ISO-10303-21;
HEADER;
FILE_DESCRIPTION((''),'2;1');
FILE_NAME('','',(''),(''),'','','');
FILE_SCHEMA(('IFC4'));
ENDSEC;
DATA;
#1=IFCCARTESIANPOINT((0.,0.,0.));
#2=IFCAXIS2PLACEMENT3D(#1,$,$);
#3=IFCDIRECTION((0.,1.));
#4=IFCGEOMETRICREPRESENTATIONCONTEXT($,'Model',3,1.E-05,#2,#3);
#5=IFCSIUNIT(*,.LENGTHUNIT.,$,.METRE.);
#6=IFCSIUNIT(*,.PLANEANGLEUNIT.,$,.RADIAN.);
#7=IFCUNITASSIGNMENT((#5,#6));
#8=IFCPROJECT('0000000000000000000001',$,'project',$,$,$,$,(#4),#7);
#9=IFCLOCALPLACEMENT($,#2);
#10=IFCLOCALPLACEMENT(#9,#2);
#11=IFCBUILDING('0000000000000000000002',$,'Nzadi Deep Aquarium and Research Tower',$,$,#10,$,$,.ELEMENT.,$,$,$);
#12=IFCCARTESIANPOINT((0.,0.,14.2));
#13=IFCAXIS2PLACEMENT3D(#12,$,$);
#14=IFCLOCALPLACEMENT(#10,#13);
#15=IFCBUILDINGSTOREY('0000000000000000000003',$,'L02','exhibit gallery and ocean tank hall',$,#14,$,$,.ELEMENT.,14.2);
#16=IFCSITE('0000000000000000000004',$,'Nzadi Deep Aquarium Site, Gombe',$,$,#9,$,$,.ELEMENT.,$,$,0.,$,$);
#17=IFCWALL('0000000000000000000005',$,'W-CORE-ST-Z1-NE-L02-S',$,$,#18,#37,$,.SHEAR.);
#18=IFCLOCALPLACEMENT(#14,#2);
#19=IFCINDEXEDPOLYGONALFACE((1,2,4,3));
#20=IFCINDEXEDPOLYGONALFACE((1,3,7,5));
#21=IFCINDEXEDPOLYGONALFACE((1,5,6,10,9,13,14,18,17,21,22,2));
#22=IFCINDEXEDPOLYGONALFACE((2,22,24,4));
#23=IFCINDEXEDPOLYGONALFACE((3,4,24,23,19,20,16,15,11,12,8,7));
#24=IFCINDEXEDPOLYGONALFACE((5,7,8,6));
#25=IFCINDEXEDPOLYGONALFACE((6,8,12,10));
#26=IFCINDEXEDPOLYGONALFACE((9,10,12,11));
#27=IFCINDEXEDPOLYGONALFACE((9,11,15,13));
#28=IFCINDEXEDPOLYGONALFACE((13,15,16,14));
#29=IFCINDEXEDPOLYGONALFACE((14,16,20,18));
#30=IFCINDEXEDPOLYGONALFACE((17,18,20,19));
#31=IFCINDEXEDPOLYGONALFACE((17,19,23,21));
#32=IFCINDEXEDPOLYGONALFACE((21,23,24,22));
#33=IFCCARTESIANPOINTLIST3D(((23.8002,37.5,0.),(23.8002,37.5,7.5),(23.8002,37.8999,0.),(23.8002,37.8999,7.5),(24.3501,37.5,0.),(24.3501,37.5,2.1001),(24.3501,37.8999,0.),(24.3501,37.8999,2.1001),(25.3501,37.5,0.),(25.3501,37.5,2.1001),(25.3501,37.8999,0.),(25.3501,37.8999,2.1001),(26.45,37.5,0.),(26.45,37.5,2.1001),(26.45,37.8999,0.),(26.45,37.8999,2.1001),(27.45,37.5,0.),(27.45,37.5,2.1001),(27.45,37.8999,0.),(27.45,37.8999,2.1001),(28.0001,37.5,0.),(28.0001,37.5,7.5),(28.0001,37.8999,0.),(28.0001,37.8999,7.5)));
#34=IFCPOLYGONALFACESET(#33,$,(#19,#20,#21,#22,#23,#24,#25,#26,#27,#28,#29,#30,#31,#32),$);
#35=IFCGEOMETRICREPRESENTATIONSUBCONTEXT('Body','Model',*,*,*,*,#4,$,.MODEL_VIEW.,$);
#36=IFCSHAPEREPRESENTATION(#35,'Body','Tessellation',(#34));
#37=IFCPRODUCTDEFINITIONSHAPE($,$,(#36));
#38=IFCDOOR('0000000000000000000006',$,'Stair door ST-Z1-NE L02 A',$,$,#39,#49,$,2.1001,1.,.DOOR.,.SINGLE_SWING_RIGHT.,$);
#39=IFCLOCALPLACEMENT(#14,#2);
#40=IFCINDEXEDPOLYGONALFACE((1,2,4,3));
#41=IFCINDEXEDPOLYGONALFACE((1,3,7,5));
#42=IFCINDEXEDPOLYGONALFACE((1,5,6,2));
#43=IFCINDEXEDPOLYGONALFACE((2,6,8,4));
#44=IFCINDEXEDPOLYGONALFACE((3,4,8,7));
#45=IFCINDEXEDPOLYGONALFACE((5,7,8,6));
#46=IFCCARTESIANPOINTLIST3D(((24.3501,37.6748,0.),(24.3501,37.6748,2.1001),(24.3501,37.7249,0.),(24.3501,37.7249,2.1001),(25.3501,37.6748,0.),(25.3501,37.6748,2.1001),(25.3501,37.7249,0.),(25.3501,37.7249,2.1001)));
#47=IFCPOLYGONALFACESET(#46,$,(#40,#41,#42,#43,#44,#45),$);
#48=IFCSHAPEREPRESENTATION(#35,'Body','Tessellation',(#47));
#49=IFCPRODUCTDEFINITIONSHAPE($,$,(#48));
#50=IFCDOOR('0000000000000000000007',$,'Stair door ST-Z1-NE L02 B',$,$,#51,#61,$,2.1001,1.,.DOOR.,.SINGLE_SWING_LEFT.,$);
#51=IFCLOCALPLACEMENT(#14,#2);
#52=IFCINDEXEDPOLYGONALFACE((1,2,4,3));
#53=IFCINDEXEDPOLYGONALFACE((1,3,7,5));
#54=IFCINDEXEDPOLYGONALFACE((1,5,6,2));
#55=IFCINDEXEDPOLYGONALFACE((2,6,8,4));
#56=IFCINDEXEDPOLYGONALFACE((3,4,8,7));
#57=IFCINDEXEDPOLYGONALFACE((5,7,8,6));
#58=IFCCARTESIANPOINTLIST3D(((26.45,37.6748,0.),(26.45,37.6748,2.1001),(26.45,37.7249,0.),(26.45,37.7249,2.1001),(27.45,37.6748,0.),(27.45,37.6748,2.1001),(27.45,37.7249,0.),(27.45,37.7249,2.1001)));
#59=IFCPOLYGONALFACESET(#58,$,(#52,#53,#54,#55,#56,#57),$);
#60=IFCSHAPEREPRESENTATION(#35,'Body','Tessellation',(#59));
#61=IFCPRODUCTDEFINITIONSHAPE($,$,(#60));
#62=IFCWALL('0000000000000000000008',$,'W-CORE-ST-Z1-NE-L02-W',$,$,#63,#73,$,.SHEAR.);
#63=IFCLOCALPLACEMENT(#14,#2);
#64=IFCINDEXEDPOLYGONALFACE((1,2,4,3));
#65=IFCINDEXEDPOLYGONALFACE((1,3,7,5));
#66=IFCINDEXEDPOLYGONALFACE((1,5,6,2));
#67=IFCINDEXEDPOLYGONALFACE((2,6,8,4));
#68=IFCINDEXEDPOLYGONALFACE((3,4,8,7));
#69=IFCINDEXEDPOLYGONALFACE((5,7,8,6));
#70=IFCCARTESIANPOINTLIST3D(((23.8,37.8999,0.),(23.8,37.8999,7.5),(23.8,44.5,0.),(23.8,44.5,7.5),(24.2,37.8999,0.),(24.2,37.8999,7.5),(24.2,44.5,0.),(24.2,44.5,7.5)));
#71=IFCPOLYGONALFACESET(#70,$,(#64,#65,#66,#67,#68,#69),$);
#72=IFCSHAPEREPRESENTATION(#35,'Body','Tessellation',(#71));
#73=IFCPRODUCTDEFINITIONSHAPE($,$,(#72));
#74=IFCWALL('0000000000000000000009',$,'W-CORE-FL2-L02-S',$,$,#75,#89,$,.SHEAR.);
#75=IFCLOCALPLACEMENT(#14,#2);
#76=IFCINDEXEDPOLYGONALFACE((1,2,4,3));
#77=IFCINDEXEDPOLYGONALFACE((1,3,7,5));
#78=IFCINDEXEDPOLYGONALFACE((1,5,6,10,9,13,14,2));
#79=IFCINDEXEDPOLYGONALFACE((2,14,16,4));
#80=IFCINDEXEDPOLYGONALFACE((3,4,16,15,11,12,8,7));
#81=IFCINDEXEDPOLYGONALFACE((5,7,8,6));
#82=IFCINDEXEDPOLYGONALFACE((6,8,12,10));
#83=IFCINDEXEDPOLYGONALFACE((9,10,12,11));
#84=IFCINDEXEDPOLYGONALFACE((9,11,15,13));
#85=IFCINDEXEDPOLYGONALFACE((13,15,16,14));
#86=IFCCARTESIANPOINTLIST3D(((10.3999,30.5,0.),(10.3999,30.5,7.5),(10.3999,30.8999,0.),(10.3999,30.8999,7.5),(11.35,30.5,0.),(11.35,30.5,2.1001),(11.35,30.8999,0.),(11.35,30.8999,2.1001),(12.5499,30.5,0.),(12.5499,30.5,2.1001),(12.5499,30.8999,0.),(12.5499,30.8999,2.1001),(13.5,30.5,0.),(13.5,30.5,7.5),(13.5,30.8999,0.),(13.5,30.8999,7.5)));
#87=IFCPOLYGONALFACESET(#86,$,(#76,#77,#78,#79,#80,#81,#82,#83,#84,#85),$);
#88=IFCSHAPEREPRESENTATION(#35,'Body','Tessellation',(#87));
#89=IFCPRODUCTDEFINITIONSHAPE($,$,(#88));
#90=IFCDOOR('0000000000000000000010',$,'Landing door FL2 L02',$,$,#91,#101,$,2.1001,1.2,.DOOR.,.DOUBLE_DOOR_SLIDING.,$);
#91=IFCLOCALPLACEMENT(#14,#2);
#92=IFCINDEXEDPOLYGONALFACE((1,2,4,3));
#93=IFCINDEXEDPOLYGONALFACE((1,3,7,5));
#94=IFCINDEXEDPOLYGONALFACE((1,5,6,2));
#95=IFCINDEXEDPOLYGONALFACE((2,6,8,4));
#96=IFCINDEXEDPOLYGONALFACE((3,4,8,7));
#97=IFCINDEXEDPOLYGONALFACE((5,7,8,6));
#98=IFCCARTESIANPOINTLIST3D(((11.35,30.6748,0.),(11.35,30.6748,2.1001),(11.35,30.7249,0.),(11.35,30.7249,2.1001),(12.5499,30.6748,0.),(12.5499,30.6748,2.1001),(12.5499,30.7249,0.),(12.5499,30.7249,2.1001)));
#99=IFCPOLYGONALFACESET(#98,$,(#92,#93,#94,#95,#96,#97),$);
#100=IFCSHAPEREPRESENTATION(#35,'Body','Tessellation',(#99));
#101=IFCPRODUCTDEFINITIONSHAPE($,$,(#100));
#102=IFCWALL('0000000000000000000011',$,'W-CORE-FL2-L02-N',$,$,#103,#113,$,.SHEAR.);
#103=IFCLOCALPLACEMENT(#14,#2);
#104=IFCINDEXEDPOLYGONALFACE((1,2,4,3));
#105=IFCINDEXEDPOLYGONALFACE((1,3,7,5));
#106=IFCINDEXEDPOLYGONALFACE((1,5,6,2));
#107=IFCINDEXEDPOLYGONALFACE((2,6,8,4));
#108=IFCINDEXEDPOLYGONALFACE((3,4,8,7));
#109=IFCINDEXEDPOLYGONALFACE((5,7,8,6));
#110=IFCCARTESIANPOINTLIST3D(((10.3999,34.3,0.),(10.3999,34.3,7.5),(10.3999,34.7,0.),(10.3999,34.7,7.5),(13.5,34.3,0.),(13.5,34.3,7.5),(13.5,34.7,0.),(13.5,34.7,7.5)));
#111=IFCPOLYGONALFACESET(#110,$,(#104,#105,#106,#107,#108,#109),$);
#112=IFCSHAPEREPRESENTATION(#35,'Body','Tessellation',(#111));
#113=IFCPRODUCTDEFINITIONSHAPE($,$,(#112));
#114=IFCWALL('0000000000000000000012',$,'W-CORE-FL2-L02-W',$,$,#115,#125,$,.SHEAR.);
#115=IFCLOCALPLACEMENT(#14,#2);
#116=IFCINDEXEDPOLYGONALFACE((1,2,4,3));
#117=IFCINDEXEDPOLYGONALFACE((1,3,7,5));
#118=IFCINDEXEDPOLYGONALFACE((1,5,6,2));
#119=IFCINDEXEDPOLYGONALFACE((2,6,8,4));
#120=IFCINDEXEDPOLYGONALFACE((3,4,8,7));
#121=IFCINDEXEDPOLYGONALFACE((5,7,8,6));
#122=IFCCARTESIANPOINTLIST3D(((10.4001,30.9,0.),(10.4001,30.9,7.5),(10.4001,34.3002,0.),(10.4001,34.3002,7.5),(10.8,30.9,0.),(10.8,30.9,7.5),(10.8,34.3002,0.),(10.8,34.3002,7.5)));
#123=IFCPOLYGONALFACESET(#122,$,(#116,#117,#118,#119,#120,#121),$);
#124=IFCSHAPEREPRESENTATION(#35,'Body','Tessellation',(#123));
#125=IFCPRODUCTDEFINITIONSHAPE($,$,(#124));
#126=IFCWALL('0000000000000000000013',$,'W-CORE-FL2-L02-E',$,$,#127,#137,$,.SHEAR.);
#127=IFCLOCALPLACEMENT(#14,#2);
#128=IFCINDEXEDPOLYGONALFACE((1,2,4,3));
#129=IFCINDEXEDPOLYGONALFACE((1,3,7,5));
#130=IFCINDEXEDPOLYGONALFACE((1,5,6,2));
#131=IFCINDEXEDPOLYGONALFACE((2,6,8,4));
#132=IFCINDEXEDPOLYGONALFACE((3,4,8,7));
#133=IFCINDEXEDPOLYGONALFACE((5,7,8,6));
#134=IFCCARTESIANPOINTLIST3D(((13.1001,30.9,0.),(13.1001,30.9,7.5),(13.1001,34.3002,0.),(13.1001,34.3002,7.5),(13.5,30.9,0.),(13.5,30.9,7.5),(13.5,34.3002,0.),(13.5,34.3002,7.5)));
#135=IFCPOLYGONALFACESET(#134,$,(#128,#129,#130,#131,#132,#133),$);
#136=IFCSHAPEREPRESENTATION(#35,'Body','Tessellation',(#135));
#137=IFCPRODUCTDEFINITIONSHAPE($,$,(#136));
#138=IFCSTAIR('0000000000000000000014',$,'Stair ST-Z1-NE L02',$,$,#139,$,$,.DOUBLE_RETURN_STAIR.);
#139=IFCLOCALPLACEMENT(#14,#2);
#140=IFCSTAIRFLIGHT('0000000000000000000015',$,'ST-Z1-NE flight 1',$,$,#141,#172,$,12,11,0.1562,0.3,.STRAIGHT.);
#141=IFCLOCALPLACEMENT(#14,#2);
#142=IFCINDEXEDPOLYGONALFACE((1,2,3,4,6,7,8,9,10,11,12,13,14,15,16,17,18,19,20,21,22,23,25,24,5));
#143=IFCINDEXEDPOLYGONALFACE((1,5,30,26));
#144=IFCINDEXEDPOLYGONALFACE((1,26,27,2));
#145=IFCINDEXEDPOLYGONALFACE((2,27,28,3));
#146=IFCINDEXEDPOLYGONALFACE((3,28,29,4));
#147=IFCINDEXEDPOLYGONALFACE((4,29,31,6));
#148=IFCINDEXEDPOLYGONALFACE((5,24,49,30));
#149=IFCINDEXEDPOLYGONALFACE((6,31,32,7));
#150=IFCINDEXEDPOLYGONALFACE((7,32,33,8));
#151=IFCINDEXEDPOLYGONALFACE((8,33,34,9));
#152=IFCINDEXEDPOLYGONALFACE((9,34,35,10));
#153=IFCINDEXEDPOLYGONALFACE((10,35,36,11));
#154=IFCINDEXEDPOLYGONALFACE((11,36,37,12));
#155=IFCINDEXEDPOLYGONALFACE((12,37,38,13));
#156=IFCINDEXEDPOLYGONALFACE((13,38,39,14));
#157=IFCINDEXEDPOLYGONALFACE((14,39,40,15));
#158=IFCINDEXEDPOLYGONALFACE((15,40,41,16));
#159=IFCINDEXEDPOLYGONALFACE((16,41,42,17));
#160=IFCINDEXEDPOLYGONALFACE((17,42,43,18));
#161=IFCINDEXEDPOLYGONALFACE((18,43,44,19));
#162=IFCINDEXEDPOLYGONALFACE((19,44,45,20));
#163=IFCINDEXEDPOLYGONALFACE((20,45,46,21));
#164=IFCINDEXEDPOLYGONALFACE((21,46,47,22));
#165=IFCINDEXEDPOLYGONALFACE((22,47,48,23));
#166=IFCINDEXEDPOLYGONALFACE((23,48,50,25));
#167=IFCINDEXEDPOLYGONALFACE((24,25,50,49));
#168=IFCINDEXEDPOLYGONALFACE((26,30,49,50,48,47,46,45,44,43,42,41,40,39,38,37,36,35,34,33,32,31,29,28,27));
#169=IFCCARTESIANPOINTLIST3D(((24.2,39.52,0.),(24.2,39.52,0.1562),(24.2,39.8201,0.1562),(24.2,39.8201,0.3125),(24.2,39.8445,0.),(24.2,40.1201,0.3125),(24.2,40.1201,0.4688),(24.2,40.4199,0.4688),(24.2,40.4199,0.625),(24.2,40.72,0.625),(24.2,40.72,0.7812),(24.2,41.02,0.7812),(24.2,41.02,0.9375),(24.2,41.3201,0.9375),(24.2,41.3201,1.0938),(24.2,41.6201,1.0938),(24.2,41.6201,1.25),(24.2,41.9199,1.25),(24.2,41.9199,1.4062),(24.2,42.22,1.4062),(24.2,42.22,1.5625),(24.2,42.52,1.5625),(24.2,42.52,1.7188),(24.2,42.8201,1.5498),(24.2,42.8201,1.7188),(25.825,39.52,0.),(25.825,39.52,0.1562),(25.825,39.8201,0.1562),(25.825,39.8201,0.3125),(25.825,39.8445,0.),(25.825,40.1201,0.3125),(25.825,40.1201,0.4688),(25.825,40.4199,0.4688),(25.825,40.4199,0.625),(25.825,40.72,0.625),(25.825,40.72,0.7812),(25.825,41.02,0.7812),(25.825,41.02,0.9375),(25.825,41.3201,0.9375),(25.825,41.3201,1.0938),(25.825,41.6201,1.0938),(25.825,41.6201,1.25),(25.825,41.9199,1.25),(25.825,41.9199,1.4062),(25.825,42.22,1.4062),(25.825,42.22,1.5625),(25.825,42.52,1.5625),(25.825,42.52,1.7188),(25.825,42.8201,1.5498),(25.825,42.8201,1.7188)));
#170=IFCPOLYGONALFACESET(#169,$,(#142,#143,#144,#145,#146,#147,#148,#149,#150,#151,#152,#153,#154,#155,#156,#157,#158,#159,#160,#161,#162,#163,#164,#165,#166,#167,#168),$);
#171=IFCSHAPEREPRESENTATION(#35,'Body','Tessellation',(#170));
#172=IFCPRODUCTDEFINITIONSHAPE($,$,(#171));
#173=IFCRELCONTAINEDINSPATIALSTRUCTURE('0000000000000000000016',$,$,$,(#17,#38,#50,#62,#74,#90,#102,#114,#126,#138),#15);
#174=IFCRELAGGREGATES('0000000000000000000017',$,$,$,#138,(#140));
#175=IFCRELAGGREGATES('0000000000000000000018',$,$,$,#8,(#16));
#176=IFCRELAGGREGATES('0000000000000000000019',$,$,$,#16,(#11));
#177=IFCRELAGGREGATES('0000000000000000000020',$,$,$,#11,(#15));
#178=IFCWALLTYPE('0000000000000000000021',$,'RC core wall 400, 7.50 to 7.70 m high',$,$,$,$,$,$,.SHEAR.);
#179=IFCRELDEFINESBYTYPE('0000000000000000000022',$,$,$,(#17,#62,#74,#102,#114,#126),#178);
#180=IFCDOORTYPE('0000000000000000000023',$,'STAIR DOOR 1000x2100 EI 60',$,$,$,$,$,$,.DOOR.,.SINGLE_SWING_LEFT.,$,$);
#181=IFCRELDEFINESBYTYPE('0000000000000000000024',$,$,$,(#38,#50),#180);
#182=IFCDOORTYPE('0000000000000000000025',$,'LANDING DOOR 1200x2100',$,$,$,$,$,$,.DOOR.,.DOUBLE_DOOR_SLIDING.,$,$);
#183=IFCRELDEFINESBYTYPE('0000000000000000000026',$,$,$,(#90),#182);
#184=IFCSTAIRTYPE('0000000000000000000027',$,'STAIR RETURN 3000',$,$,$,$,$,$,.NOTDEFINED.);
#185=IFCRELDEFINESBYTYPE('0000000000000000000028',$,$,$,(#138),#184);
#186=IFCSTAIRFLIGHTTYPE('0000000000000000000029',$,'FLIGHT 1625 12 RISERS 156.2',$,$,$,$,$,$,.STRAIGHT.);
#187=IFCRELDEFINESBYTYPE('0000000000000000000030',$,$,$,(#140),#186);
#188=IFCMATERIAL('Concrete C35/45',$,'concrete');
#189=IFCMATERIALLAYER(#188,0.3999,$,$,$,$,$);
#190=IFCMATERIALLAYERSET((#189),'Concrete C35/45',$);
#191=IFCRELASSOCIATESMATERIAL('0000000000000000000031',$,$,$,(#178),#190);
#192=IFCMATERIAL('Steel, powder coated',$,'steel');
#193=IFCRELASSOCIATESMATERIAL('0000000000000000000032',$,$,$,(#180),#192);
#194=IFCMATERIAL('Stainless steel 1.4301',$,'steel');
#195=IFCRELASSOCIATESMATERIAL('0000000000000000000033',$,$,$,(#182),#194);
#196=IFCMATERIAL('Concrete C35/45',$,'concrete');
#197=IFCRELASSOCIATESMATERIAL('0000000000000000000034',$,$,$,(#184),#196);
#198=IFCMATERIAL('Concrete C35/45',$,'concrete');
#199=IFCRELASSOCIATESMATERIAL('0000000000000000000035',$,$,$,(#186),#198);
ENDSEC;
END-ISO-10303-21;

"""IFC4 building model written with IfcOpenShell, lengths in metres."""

from ifc_helpers import new_model, si_unit, direction, frame, frame_2d, origin, place, context, subcontext, project, spatial, polyline, rectangle, outline, extrude, material, layer, layer_set, type_object, element, fill, aggregate, save


model = new_model("IFC4")

# Units and contexts
model_context = context("Model", 3, precision=1e-05, world=origin(), true_north=direction((0.0, 1.0)))
body_context = subcontext(model_context, "Body", "Model", "MODEL_VIEW")
ifc_project = project(units=[si_unit("LENGTHUNIT", "METRE"), si_unit("PLANEANGLEUNIT", "RADIAN")], contexts=[model_context])

# Site, building, storey
site_placement = place(None, origin())
site = spatial("IfcSite", under=ifc_project, at=site_placement, Name="Nzadi Deep Aquarium Site, Gombe", CompositionType="ELEMENT", RefElevation=0.0)
building_placement = place(site_placement, origin())
building = spatial("IfcBuilding", under=site, at=building_placement, Name="Nzadi Deep Aquarium and Research Tower", CompositionType="ELEMENT")
storey_placement = place(building_placement, frame((0.0, 0.0, 14.2)))
storey = spatial("IfcBuildingStorey", under=building, at=storey_placement, Name="L02", Description="exhibit gallery and ocean tank hall", CompositionType="ELEMENT", Elevation=14.2)

# Wall, openings, doors
ifc_material_1 = material(Name="Concrete C35/45", Category="concrete")
ifc_layer_1 = layer(ifc_material_1, 0.3999)
ifc_layer_set_1 = layer_set([ifc_layer_1], Name="Concrete C35/45")
wall_type_1 = type_object("IfcWallType", Name="RC core wall 400, 7.50 to 7.70 m high", PredefinedType="SHEAR", material=ifc_layer_set_1)
wall_1_placement = place(storey_placement, frame((23.8, 37.7, 0.0), z_axis=(0.0, 0.0, 1.0), x_axis=(1.0, 0.0, 0.0)))
wall_1 = element("IfcWall", 1, at=wall_1_placement, inside=storey, type_object=wall_type_1, Name="W-CORE-ST-Z1-NE-L02-S", PredefinedType="SHEAR", context=body_context, shape_type="SweptSolid", body=[
    extrude(rectangle(XDim=4.2, YDim=0.3999, at=frame_2d((2.1001, 0.0))), origin(), (0.0, 0.0, 1.0), 7.5),
])
opening_1_placement = place(wall_1_placement, frame((0.55, 0.0, 0.0)))
opening_1 = element("IfcOpeningElement", 2, at=opening_1_placement, cuts=wall_1, PredefinedType="OPENING", context=body_context, shape_type="SweptSolid", body=[
    extrude(rectangle(XDim=1.0, YDim=2.1001, at=frame_2d((0.5, 1.05))), frame((0.0, 0.21, 0.0), z_axis=(0.0, -1.0, 0.0), x_axis=(1.0, 0.0, 0.0)), (0.0, 0.0, 1.0), 0.4199),
])
opening_2_placement = place(wall_1_placement, frame((2.6499, 0.0, 0.0)))
opening_2 = element("IfcOpeningElement", 3, at=opening_2_placement, cuts=wall_1, PredefinedType="OPENING", context=body_context, shape_type="SweptSolid", body=[
    extrude(rectangle(XDim=1.0, YDim=2.1001, at=frame_2d((0.5, 1.05))), frame((0.0, 0.21, 0.0), z_axis=(0.0, -1.0, 0.0), x_axis=(1.0, 0.0, 0.0)), (0.0, 0.0, 1.0), 0.4199),
])
ifc_material_2 = material(Name="Steel, powder coated", Category="steel")
door_type_1 = type_object("IfcDoorType", Name="STAIR DOOR 1000x2100 EI 60", OperationType="SINGLE_SWING_LEFT", PredefinedType="DOOR", material=ifc_material_2)
door_1_placement = place(opening_1_placement, origin())
door_1 = element("IfcDoor", 4, at=door_1_placement, inside=storey, type_object=door_type_1, Name="Stair door ST-Z1-NE L02 A", OperationType="SINGLE_SWING_RIGHT", OverallHeight=2.1001, OverallWidth=1.0, PredefinedType="DOOR", context=body_context, shape_type="SweptSolid", body=[
    extrude(rectangle(XDim=1.0, YDim=2.1001, at=frame_2d((0.5, 1.05))), frame((0.0, 0.0249, 0.0), z_axis=(0.0, -1.0, 0.0), x_axis=(1.0, 0.0, 0.0)), (0.0, 0.0, 1.0), 0.05),
])
fill(opening_1, door_1)
door_2_placement = place(opening_2_placement, origin())
door_2 = element("IfcDoor", 5, at=door_2_placement, inside=storey, type_object=door_type_1, Name="Stair door ST-Z1-NE L02 B", OperationType="SINGLE_SWING_LEFT", OverallHeight=2.1001, OverallWidth=1.0, PredefinedType="DOOR", context=body_context, shape_type="SweptSolid", body=[
    extrude(rectangle(XDim=1.0, YDim=2.1001, at=frame_2d((0.5, 1.05))), frame((0.0, 0.0249, 0.0), z_axis=(0.0, -1.0, 0.0), x_axis=(1.0, 0.0, 0.0)), (0.0, 0.0, 1.0), 0.05),
])
fill(opening_2, door_2)

# Wall
wall_2_placement = place(storey_placement, frame((24.0, 37.8999, 0.0), z_axis=(0.0, 0.0, 1.0), x_axis=(0.0, 1.0, 0.0)))
element("IfcWall", 6, at=wall_2_placement, inside=storey, type_object=wall_type_1, Name="W-CORE-ST-Z1-NE-L02-W", PredefinedType="SHEAR", context=body_context, shape_type="SweptSolid", body=[
    extrude(rectangle(XDim=6.6001, YDim=0.3999, at=frame_2d((3.3, 0.0))), origin(), (0.0, 0.0, 1.0), 7.5),
])

# Wall, opening, door
wall_3_placement = place(storey_placement, frame((10.3999, 30.7, 0.0), z_axis=(0.0, 0.0, 1.0), x_axis=(1.0, 0.0, 0.0)))
wall_3 = element("IfcWall", 7, at=wall_3_placement, inside=storey, type_object=wall_type_1, Name="W-CORE-FL2-L02-S", PredefinedType="SHEAR", context=body_context, shape_type="SweptSolid", body=[
    extrude(rectangle(XDim=3.1001, YDim=0.3999, at=frame_2d((1.55, 0.0))), origin(), (0.0, 0.0, 1.0), 7.5),
])
opening_3_placement = place(wall_3_placement, frame((0.95, 0.0, 0.0)))
opening_3 = element("IfcOpeningElement", 8, at=opening_3_placement, cuts=wall_3, PredefinedType="OPENING", context=body_context, shape_type="SweptSolid", body=[
    extrude(rectangle(XDim=1.2, YDim=2.1001, at=frame_2d((0.6001, 1.05))), frame((0.0, 0.21, 0.0), z_axis=(0.0, -1.0, 0.0), x_axis=(1.0, 0.0, 0.0)), (0.0, 0.0, 1.0), 0.4199),
])
ifc_material_3 = material(Name="Stainless steel 1.4301", Category="steel")
door_type_2 = type_object("IfcDoorType", Name="LANDING DOOR 1200x2100", OperationType="DOUBLE_DOOR_SLIDING", PredefinedType="DOOR", material=ifc_material_3)
door_3_placement = place(opening_3_placement, origin())
door_3 = element("IfcDoor", 9, at=door_3_placement, inside=storey, type_object=door_type_2, Name="Landing door FL2 L02", OperationType="DOUBLE_DOOR_SLIDING", OverallHeight=2.1001, OverallWidth=1.2, PredefinedType="DOOR", context=body_context, shape_type="SweptSolid", body=[
    extrude(rectangle(XDim=1.2, YDim=2.1001, at=frame_2d((0.6001, 1.05))), frame((0.0, 0.0249, 0.0), z_axis=(0.0, -1.0, 0.0), x_axis=(1.0, 0.0, 0.0)), (0.0, 0.0, 1.0), 0.05),
])
fill(opening_3, door_3)

# Walls
wall_4_placement = place(storey_placement, frame((10.3999, 34.5, 0.0), z_axis=(0.0, 0.0, 1.0), x_axis=(1.0, 0.0, 0.0)))
element("IfcWall", 10, at=wall_4_placement, inside=storey, type_object=wall_type_1, Name="W-CORE-FL2-L02-N", PredefinedType="SHEAR", context=body_context, shape_type="SweptSolid", body=[
    extrude(rectangle(XDim=3.1001, YDim=0.3999, at=frame_2d((1.55, 0.0))), origin(), (0.0, 0.0, 1.0), 7.5),
])
for number, where, z_axis, x_axis, name in (
    (11, (10.6001, 30.8999, 0.0), (0.0, 0.0, 1.0), (0.0, 1.0, 0.0), "W-CORE-FL2-L02-W"),
    (12, (13.3, 30.8999, 0.0), (0.0, 0.0, 1.0), (0.0, 1.0, 0.0), "W-CORE-FL2-L02-E"),
):
    element("IfcWall", number, at=place(storey_placement, frame(where, z_axis=z_axis, x_axis=x_axis)), inside=storey, type_object=wall_type_1, Name=name, PredefinedType="SHEAR", context=body_context, shape_type="SweptSolid", body=[
        extrude(rectangle(XDim=3.4001, YDim=0.3999, at=frame_2d((1.7002, 0.0))), origin(), (0.0, 0.0, 1.0), 7.5),
    ])

# Stair, stair flight
ifc_material_4 = material(Name="Concrete C35/45", Category="concrete")
stair_type = type_object("IfcStairType", Name="STAIR RETURN 3000", PredefinedType="NOTDEFINED", material=ifc_material_4)
stair_placement = place(storey_placement, origin())
stair = element("IfcStair", 13, at=stair_placement, inside=storey, type_object=stair_type, Name="Stair ST-Z1-NE L02", PredefinedType="DOUBLE_RETURN_STAIR")
ifc_material_5 = material(Name="Concrete C35/45", Category="concrete")
stair_flight_type = type_object("IfcStairFlightType", Name="FLIGHT 1625 12 RISERS 156.2", PredefinedType="STRAIGHT", material=ifc_material_5)
stair_flight_placement = place(storey_placement, frame((25.0125, 39.52, 0.0), z_axis=(0.0, 0.0, 1.0), x_axis=(0.0, 1.0, 0.0)))
stair_flight = element("IfcStairFlight", 14, at=stair_flight_placement, type_object=stair_flight_type, Name="ST-Z1-NE flight 1", NumberOfRisers=12, NumberOfTreads=11, PredefinedType="STRAIGHT", RiserHeight=0.1562, TreadLength=0.3, context=body_context, shape_type="SweptSolid", body=[
    extrude(outline(polyline([(0.0, 0.0), (0.0, 0.1562), (0.3, 0.1562), (0.3, 0.3125), (0.6001, 0.3125), (0.6001, 0.4688), (0.8999, 0.4688), (0.8999, 0.625), (1.2, 0.625), (1.2, 0.7812), (1.5, 0.7812), (1.5, 0.9375), (1.8, 0.9375), (1.8, 1.0938), (2.1001, 1.0938), (2.1001, 1.25), (2.3999, 1.25), (2.3999, 1.4062), (2.7, 1.4062), (2.7, 1.5625), (3.0, 1.5625), (3.0, 1.7188), (3.3, 1.7188), (3.3, 1.875), (3.3, 1.5498), (0.3245, 0.0), (0.0, 0.0)])), frame((0.0, 0.8125, 0.0), z_axis=(0.0, -1.0, 0.0), x_axis=(1.0, 0.0, 0.0)), (0.0, 0.0, 1.0), 1.625),
])
aggregate(stair, [stair_flight])

save(model, "model.ifc")
